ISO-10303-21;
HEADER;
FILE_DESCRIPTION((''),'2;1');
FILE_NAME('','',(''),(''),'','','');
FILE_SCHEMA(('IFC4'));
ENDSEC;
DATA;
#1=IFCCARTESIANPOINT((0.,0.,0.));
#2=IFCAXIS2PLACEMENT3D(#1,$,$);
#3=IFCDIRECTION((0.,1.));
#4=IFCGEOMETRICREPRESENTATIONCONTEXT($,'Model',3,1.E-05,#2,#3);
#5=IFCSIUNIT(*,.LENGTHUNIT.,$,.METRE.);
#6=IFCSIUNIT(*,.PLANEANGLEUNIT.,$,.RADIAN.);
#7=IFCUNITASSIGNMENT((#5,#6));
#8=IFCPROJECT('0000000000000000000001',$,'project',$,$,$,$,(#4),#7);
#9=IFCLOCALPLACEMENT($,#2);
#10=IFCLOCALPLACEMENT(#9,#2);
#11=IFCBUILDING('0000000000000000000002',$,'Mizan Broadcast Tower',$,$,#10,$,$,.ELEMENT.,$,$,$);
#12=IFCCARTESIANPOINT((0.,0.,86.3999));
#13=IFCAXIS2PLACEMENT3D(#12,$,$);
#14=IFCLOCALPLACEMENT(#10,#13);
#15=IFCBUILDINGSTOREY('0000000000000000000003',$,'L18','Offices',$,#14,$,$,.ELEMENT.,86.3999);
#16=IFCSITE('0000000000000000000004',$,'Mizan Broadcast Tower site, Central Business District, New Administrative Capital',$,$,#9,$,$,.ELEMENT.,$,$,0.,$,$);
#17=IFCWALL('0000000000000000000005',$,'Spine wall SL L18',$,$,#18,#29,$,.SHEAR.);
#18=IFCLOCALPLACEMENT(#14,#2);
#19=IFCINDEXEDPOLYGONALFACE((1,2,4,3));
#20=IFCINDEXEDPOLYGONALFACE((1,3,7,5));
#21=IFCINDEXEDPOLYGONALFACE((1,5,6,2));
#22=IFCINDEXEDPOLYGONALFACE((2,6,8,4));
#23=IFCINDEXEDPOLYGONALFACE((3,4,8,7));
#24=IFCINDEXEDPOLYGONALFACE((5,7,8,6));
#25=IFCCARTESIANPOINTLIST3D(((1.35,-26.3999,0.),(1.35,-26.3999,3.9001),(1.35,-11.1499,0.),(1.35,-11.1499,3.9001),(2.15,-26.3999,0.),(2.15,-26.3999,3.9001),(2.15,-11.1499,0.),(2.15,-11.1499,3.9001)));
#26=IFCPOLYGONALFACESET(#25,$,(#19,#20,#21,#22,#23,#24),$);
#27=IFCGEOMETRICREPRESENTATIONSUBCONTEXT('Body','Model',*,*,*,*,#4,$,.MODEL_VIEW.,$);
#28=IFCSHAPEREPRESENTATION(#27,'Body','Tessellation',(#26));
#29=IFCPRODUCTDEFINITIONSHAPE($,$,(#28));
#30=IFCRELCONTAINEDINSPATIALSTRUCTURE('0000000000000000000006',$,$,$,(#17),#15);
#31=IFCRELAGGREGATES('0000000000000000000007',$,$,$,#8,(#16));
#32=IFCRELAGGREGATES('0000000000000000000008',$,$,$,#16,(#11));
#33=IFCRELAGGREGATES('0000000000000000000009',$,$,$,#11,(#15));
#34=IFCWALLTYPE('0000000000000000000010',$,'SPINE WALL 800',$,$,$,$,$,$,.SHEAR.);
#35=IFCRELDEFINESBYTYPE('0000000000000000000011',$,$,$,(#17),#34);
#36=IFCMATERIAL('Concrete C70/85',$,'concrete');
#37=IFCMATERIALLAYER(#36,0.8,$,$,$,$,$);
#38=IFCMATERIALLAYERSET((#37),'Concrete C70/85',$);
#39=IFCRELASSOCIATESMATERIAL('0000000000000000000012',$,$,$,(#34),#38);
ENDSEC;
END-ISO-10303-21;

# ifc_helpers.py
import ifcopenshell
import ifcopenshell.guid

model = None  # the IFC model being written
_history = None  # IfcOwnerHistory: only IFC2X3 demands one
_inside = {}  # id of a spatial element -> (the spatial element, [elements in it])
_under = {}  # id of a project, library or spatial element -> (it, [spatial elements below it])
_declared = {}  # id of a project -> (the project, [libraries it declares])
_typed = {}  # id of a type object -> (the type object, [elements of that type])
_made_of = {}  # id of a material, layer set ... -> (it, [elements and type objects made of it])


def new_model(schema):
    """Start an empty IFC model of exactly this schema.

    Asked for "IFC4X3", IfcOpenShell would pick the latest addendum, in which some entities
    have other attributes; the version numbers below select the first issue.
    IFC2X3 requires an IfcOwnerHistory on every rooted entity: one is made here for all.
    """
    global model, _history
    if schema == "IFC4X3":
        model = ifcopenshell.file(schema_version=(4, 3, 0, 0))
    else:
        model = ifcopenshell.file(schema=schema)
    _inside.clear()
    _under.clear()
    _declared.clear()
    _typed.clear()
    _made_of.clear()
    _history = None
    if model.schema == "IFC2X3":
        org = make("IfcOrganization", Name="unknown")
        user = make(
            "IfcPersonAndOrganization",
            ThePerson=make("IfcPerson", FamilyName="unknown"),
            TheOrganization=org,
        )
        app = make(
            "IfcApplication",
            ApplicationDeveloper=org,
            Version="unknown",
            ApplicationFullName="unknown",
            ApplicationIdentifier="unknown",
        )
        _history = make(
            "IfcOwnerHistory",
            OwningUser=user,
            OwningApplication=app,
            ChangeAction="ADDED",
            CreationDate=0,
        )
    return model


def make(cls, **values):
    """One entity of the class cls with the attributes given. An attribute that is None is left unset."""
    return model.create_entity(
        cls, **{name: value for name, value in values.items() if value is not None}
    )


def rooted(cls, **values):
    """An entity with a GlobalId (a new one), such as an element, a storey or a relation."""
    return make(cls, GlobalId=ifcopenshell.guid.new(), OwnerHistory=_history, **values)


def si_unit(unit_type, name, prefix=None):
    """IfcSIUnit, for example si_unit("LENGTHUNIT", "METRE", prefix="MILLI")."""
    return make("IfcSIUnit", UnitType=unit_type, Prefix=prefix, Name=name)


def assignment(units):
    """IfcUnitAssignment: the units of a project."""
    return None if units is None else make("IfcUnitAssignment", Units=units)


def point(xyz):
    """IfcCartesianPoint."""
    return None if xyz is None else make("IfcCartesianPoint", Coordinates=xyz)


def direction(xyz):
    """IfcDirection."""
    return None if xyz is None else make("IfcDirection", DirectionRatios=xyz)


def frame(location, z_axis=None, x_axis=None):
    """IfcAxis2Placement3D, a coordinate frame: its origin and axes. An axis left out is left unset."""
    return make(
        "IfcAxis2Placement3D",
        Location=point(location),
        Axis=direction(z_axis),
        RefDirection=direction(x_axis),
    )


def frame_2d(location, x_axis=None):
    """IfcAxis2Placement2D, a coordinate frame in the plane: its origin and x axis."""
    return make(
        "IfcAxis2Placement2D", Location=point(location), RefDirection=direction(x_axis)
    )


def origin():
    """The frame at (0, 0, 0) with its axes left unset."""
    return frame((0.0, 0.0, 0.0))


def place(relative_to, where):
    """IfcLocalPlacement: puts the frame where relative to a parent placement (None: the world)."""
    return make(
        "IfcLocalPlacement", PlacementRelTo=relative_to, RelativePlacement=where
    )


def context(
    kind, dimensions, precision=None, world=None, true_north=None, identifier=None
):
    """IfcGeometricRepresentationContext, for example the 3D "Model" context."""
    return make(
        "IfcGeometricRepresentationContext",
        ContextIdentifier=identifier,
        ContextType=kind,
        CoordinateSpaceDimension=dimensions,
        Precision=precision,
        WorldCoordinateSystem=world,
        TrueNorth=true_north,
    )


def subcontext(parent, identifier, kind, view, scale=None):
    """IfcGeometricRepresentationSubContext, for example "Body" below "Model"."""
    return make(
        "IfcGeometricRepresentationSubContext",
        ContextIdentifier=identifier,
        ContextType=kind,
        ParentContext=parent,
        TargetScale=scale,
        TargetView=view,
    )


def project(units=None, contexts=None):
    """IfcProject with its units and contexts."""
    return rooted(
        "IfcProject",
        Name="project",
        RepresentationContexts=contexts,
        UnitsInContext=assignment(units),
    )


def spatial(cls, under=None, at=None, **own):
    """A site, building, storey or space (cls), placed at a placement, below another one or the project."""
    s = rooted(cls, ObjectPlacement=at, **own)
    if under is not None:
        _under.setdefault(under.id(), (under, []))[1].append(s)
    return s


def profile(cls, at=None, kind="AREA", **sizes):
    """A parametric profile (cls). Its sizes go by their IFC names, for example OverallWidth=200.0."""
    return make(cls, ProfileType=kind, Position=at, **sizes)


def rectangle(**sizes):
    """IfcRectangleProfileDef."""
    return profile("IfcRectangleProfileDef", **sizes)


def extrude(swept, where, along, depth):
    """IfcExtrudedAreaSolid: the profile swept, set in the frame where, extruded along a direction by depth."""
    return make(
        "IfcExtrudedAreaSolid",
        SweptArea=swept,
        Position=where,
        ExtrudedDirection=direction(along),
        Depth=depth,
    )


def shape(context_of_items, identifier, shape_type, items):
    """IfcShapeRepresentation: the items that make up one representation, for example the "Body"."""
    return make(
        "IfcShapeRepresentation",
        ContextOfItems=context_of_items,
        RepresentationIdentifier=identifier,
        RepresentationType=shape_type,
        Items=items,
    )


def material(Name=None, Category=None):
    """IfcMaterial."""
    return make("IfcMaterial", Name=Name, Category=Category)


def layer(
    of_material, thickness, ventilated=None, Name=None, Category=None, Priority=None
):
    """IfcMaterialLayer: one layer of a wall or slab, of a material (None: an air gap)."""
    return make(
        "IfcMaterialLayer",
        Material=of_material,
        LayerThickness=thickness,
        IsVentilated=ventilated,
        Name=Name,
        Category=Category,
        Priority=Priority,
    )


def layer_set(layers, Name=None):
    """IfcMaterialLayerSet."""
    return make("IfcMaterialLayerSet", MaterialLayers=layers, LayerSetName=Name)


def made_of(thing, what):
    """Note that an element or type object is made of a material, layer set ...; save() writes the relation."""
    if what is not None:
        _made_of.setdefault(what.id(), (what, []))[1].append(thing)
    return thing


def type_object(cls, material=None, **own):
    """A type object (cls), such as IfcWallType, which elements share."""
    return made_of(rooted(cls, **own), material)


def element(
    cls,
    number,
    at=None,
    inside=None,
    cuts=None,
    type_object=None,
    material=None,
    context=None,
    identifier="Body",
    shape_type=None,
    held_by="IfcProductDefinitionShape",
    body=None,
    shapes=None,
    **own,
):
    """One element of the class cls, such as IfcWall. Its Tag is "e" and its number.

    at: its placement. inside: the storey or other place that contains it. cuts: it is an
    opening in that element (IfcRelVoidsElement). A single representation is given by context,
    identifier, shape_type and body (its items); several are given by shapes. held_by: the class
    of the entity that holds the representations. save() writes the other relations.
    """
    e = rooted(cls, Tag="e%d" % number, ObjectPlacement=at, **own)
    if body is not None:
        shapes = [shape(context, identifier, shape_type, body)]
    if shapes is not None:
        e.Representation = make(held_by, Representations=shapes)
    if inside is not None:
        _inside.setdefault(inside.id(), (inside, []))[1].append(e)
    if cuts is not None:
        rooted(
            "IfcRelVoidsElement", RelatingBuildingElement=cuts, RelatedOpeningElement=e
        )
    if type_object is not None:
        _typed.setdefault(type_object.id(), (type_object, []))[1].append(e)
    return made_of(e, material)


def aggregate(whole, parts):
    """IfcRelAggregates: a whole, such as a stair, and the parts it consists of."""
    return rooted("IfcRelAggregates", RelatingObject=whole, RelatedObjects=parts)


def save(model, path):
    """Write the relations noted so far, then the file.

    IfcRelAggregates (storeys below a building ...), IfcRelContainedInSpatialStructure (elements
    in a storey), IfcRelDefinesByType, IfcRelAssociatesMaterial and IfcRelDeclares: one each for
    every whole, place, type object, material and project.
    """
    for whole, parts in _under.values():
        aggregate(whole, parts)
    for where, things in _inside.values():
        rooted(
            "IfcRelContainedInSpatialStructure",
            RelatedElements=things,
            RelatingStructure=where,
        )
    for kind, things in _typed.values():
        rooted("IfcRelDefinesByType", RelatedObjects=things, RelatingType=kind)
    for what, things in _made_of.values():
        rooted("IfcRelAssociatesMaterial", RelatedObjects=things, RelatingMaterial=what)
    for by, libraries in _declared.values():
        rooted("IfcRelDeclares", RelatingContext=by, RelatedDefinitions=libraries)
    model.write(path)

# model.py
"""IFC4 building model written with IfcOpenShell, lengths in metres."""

from ifc_helpers import new_model, si_unit, direction, frame, frame_2d, origin, place, context, subcontext, project, spatial, rectangle, extrude, material, layer, layer_set, type_object, element, save


model = new_model("IFC4")

# Units and contexts
model_context = context("Model", 3, precision=1e-05, world=origin(), true_north=direction((0.0, 1.0)))
body_context = subcontext(model_context, "Body", "Model", "MODEL_VIEW")
ifc_project = project(units=[si_unit("LENGTHUNIT", "METRE"), si_unit("PLANEANGLEUNIT", "RADIAN")], contexts=[model_context])

# Site, building, storey
site_placement = place(None, origin())
site = spatial("IfcSite", under=ifc_project, at=site_placement, Name="Mizan Broadcast Tower site, Central Business District, New Administrative Capital", CompositionType="ELEMENT", RefElevation=0.0)
building_placement = place(site_placement, origin())
building = spatial("IfcBuilding", under=site, at=building_placement, Name="Mizan Broadcast Tower", CompositionType="ELEMENT")
storey_placement = place(building_placement, frame((0.0, 0.0, 86.3999)))
storey = spatial("IfcBuildingStorey", under=building, at=storey_placement, Name="L18", Description="Offices", CompositionType="ELEMENT", Elevation=86.3999)

# Wall
ifc_material_1 = material(Name="Concrete C70/85", Category="concrete")
ifc_layer_1 = layer(ifc_material_1, 0.8)
ifc_layer_set_1 = layer_set([ifc_layer_1], Name="Concrete C70/85")
wall_type_1 = type_object("IfcWallType", Name="SPINE WALL 800", PredefinedType="SHEAR", material=ifc_layer_set_1)
wall_1_placement = place(storey_placement, frame((1.75, -11.1499, 0.0), z_axis=(0.0, 0.0, 1.0), x_axis=(0.0, -1.0, 0.0)))
element("IfcWall", 1, at=wall_1_placement, inside=storey, type_object=wall_type_1, Name="Spine wall SL L18", PredefinedType="SHEAR", context=body_context, shape_type="SweptSolid", body=[
    extrude(rectangle(XDim=15.25, YDim=0.8, at=frame_2d((7.625, 0.0))), origin(), (0.0, 0.0, 1.0), 3.9001),
])

save(model, "model.ifc")
